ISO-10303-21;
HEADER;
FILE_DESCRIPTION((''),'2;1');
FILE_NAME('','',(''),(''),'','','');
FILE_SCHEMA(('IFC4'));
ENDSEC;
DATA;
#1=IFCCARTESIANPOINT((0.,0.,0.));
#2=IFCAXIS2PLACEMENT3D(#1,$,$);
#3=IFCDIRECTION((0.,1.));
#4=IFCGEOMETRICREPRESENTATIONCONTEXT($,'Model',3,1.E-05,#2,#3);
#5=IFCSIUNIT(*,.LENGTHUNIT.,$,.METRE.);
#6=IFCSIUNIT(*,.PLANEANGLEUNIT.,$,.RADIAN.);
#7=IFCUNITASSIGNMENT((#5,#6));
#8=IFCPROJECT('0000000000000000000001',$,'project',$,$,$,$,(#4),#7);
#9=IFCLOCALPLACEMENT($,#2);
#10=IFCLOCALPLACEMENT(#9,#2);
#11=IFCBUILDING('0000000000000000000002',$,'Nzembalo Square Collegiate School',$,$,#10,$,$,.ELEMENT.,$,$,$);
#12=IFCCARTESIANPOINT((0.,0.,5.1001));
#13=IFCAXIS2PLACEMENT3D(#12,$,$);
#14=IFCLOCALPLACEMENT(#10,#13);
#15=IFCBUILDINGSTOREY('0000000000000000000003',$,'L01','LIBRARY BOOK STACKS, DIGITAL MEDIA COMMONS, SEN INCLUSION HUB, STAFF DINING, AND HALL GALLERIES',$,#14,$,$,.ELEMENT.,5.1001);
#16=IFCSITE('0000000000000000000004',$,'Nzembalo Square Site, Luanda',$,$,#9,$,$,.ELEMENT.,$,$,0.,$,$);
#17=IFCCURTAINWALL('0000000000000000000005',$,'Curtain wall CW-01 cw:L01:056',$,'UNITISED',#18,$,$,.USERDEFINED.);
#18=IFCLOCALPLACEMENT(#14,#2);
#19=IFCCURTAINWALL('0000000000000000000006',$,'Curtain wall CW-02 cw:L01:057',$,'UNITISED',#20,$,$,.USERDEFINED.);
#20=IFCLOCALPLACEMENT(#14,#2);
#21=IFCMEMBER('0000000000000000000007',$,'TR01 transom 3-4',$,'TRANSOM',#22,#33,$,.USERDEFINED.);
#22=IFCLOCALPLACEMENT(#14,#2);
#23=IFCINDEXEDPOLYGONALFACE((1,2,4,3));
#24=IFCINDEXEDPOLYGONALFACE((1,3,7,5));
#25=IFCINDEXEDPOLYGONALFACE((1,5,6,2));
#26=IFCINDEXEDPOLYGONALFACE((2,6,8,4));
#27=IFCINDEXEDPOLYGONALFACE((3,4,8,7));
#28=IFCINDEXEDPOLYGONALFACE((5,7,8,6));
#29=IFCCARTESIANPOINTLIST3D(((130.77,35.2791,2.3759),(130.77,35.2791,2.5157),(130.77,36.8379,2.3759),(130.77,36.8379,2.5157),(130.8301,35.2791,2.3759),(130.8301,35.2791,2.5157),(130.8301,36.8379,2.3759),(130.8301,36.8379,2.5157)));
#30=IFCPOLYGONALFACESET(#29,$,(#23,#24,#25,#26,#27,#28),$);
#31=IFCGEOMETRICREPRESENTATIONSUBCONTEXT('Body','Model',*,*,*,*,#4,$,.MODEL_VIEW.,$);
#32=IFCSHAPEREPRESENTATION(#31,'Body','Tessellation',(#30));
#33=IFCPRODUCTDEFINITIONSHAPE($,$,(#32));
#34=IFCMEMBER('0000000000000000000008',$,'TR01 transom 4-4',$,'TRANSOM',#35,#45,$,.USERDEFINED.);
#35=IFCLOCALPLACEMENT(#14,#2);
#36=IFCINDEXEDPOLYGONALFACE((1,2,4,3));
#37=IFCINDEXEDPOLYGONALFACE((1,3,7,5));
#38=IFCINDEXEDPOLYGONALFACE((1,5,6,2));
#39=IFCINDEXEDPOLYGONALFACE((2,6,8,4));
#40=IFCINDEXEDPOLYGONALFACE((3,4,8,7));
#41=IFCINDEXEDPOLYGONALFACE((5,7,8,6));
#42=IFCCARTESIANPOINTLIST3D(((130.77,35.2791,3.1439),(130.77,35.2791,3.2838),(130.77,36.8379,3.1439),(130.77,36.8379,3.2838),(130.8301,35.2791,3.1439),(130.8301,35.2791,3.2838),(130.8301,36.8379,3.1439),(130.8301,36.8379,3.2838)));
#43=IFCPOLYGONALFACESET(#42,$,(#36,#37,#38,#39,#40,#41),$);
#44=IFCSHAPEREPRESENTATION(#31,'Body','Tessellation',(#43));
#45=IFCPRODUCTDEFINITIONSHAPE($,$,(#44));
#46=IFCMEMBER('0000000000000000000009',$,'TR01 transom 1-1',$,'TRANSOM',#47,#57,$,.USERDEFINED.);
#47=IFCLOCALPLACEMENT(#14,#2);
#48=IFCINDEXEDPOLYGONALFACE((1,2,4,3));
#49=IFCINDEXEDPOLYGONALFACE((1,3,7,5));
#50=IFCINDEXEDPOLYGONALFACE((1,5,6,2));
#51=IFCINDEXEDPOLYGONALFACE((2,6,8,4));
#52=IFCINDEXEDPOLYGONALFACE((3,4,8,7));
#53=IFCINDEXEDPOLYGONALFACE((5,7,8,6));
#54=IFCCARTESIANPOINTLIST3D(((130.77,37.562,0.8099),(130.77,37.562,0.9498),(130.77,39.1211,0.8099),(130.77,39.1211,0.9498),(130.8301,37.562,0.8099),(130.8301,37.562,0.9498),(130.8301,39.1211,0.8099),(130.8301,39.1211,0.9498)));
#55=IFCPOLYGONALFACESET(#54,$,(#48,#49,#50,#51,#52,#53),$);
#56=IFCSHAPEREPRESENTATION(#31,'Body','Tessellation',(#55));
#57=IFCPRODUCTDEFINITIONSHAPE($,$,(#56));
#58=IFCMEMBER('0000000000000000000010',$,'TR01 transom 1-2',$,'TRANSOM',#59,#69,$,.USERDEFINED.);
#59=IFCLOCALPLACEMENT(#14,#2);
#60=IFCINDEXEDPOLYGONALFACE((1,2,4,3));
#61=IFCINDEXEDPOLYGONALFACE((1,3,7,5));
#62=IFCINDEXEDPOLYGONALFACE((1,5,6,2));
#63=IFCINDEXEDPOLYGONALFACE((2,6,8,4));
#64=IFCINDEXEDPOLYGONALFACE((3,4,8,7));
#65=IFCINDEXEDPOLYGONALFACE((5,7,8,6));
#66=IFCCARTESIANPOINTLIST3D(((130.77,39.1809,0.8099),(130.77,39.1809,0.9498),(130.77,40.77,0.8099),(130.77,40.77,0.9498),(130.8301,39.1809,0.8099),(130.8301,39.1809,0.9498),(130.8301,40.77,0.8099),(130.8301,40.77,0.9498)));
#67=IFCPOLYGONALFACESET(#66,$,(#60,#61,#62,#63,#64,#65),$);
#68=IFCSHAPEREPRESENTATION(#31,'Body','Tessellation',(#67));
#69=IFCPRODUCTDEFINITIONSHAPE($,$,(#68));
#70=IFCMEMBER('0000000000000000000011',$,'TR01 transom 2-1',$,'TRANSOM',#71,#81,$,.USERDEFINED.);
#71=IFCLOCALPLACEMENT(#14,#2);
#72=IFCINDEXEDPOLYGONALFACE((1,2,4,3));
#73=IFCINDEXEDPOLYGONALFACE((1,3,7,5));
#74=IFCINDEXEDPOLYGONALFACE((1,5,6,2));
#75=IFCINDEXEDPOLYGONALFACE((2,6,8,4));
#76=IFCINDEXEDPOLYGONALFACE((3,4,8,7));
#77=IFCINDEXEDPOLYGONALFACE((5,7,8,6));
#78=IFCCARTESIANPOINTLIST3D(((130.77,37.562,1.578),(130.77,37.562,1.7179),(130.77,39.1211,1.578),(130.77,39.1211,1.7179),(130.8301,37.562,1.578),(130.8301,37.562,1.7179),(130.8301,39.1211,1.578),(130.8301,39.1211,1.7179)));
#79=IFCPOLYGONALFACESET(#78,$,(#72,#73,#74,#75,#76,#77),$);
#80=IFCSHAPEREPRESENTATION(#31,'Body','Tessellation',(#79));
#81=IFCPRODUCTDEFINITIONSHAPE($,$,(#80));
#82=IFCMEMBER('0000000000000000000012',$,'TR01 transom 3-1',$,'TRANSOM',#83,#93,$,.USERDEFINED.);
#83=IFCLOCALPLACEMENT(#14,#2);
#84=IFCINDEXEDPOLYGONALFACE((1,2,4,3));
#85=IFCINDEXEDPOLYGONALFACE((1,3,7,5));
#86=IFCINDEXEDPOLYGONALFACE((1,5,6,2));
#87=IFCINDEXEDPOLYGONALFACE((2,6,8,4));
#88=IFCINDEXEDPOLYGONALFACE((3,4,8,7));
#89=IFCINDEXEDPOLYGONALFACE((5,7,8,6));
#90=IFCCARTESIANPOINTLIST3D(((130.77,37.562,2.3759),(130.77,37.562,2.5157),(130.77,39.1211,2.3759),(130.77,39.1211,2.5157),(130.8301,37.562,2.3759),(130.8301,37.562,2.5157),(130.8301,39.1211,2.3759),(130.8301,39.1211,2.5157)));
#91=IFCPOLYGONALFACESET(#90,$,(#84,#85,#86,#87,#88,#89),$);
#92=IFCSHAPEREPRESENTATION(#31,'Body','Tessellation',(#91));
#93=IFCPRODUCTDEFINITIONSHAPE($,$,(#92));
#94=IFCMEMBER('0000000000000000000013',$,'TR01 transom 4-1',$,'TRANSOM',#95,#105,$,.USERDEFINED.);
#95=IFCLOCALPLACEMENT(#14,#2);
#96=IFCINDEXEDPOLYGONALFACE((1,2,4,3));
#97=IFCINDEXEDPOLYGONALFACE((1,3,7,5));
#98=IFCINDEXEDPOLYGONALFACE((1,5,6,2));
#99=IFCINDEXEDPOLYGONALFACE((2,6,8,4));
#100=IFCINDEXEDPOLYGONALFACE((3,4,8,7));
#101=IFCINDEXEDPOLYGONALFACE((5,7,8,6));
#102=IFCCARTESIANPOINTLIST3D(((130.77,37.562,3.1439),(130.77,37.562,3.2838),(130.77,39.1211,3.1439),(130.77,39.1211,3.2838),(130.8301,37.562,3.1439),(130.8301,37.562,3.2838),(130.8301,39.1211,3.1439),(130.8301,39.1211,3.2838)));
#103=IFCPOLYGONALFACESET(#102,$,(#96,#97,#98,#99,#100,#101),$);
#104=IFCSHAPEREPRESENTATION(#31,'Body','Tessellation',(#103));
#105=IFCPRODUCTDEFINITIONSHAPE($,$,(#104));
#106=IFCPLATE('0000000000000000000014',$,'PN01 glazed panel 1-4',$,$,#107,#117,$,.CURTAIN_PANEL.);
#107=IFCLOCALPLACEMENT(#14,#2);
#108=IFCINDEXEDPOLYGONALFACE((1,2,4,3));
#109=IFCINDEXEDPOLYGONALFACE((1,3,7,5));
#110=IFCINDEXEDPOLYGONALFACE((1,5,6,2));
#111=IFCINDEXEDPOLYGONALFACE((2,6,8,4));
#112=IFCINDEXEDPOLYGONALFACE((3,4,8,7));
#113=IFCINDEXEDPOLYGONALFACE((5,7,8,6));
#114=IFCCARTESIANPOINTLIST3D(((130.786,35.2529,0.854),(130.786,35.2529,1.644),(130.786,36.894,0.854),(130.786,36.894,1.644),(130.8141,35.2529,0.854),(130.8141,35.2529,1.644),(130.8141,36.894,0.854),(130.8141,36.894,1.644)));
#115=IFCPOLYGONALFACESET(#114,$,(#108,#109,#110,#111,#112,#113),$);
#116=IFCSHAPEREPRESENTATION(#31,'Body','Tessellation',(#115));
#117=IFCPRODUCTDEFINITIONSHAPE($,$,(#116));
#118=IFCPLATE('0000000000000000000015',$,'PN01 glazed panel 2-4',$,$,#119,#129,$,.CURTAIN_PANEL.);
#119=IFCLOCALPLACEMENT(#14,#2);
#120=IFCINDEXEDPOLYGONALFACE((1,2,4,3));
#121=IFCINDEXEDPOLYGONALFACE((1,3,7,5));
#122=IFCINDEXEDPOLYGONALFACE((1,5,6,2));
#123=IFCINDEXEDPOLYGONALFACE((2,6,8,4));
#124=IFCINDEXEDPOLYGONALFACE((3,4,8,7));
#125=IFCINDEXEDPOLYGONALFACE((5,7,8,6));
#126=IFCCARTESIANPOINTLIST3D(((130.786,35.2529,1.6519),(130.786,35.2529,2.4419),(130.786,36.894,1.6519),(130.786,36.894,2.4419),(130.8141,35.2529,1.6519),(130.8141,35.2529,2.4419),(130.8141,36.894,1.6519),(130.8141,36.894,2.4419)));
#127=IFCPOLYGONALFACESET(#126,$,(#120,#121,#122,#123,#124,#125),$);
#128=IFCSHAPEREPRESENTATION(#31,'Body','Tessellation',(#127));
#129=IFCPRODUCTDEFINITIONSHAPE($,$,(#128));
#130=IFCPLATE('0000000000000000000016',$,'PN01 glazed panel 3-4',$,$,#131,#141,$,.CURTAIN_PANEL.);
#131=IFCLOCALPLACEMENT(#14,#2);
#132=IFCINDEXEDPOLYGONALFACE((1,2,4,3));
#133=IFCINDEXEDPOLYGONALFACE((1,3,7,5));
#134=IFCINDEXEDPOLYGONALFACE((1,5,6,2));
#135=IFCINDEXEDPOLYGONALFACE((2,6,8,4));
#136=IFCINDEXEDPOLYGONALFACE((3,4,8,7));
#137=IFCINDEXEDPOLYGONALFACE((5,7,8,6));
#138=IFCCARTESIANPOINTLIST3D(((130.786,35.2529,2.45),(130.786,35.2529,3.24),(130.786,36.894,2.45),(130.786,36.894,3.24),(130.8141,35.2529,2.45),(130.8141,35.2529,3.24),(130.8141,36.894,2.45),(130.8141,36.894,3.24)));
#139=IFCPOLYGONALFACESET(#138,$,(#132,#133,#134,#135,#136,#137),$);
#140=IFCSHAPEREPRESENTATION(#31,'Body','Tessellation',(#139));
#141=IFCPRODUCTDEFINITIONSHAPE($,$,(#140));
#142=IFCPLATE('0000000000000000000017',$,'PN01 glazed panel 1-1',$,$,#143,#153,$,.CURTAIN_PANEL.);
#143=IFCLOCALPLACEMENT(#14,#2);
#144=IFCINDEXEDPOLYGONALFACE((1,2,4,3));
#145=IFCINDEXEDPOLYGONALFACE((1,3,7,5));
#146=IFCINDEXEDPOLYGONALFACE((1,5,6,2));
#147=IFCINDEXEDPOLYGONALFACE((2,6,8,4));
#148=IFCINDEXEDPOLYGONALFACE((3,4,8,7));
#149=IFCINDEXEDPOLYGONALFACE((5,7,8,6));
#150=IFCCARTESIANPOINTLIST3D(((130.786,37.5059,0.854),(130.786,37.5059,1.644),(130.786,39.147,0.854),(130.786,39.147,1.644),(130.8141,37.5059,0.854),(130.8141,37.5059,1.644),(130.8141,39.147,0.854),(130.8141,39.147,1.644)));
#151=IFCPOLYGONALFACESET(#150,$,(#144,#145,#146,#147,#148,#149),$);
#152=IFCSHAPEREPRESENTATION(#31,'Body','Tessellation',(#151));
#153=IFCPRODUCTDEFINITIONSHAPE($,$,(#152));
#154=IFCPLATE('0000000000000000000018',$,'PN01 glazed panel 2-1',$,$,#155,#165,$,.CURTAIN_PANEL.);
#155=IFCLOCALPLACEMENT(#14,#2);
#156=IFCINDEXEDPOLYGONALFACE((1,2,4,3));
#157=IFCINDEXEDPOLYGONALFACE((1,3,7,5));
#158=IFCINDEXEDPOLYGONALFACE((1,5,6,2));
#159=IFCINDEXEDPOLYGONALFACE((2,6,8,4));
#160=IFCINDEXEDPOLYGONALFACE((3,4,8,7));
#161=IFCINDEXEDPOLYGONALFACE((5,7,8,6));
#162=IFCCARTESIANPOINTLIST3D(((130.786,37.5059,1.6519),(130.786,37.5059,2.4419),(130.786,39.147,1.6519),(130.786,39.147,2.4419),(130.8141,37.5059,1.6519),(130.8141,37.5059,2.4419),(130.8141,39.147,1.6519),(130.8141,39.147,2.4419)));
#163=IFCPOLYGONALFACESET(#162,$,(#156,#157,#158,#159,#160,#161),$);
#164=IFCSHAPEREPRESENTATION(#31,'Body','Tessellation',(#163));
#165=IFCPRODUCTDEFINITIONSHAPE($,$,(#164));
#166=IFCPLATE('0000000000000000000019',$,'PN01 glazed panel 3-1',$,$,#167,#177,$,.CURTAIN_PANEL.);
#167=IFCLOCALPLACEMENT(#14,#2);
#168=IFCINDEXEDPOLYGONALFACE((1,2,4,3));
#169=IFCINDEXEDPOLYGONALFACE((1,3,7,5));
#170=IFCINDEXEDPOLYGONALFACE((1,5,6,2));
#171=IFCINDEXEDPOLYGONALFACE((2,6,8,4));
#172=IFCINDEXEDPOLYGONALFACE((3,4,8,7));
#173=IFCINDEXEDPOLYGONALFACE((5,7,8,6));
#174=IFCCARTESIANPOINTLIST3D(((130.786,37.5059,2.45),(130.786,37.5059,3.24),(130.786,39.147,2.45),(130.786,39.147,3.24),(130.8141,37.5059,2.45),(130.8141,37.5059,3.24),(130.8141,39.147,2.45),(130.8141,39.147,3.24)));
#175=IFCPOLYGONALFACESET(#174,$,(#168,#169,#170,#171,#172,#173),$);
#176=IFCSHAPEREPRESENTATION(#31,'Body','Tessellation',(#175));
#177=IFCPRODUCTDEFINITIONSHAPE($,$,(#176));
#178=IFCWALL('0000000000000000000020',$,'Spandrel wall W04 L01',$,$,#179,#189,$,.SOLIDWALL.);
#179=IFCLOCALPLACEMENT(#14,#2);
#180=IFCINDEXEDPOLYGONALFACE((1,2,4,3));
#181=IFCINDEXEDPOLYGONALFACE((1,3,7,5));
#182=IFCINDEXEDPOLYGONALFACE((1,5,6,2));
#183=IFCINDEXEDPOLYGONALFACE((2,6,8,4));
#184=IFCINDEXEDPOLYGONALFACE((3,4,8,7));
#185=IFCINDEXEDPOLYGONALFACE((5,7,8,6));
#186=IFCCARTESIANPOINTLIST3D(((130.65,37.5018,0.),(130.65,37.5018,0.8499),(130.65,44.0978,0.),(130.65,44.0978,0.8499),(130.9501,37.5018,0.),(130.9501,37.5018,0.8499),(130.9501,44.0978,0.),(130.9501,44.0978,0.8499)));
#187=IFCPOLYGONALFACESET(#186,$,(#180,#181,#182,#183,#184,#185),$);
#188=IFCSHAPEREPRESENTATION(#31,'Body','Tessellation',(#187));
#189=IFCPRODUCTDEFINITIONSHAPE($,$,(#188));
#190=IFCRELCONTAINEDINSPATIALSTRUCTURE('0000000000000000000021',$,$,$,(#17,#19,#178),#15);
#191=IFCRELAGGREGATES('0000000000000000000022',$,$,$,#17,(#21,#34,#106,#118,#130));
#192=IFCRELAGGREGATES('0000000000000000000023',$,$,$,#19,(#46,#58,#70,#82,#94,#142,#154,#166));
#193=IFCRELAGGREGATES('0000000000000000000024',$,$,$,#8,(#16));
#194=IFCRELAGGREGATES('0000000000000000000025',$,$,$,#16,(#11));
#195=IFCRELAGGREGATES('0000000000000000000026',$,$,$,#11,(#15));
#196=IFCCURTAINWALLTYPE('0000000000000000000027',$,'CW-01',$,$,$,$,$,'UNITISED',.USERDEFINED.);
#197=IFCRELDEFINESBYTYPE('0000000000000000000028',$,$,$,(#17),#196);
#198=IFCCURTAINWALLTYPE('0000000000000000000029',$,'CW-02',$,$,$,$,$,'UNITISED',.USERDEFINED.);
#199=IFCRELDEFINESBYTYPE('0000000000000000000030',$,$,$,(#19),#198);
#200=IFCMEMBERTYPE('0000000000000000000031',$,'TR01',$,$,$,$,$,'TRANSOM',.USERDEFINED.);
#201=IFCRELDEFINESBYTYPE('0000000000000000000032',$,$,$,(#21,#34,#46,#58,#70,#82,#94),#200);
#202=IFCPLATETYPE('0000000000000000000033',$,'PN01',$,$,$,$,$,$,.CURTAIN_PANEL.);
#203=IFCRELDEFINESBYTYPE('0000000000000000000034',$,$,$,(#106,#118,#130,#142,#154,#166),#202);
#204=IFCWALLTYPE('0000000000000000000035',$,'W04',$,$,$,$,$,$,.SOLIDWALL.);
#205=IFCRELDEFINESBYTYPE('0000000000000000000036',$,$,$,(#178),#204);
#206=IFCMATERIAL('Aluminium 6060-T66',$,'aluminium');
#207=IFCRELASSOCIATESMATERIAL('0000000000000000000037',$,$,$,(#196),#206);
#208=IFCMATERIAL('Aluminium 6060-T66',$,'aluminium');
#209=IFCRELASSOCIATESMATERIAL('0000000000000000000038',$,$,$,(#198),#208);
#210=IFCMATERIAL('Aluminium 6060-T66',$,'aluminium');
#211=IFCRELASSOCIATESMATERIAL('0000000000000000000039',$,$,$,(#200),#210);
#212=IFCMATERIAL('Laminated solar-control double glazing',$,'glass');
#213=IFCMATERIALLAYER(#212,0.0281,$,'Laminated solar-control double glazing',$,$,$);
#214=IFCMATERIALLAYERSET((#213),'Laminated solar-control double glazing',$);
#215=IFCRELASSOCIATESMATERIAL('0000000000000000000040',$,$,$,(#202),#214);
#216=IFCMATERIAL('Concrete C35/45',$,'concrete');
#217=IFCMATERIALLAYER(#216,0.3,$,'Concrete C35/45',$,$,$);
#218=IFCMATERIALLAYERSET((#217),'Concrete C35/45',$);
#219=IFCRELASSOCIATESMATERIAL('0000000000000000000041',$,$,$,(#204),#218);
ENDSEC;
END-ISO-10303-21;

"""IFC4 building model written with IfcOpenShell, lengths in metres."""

from ifc_helpers import new_model, si_unit, direction, frame, frame_2d, origin, origin_2d, place, context, subcontext, project, spatial, rectangle, extrude, material, layer, layer_set, material_profile, profile_set, type_object, element, aggregate, save


model = new_model("IFC4")

# Units and contexts
model_context = context("Model", 3, precision=1e-05, world=origin(), true_north=direction((0.0, 1.0)))
body_context = subcontext(model_context, "Body", "Model", "MODEL_VIEW")
ifc_project = project(units=[si_unit("LENGTHUNIT", "METRE"), si_unit("PLANEANGLEUNIT", "RADIAN")], contexts=[model_context])

# Site, building, storey
site_placement = place(None, origin())
site = spatial("IfcSite", under=ifc_project, at=site_placement, Name="Nzembalo Square Site, Luanda", CompositionType="ELEMENT", RefElevation=0.0)
building_placement = place(site_placement, origin())
building = spatial("IfcBuilding", under=site, at=building_placement, Name="Nzembalo Square Collegiate School", CompositionType="ELEMENT")
storey_placement = place(building_placement, frame((0.0, 0.0, 5.1001)))
storey = spatial("IfcBuildingStorey", under=building, at=storey_placement, Name="L01", Description="LIBRARY BOOK STACKS, DIGITAL MEDIA COMMONS, SEN INCLUSION HUB, STAFF DINING, AND HALL GALLERIES", CompositionType="ELEMENT", Elevation=5.1001)

# Curtain wall
ifc_material_1 = material(Name="Aluminium 6060-T66", Category="aluminium")
curtain_wall_type_1 = type_object("IfcCurtainWallType", Name="CW-01", ElementType="UNITISED", PredefinedType="USERDEFINED", material=ifc_material_1)
curtain_wall_1_placement = place(storey_placement, origin())
curtain_wall_1 = element("IfcCurtainWall", 1, at=curtain_wall_1_placement, inside=storey, type_object=curtain_wall_type_1, Name="Curtain wall CW-01 cw:L01:056", ObjectType="UNITISED", PredefinedType="USERDEFINED")

# Curtain wall
ifc_material_2 = material(Name="Aluminium 6060-T66", Category="aluminium")
curtain_wall_type_2 = type_object("IfcCurtainWallType", Name="CW-02", ElementType="UNITISED", PredefinedType="USERDEFINED", material=ifc_material_2)
curtain_wall_2_placement = place(storey_placement, origin())
curtain_wall_2 = element("IfcCurtainWall", 2, at=curtain_wall_2_placement, inside=storey, type_object=curtain_wall_type_2, Name="Curtain wall CW-02 cw:L01:057", ObjectType="UNITISED", PredefinedType="USERDEFINED")

# Members
ifc_material_3 = material(Name="Aluminium 6060-T66", Category="aluminium")
ifc_material_profile_1 = material_profile(ifc_material_3, rectangle(XDim=0.0601, YDim=0.1399, at=origin_2d()), Name="ALU T60x140")
ifc_profile_set_1 = profile_set([ifc_material_profile_1], Name="Aluminium 6060-T66")
member_type_1 = type_object("IfcMemberType", Name="TR01", ElementType="TRANSOM", PredefinedType="USERDEFINED", material=ifc_profile_set_1)
member_1_placement = place(storey_placement, frame((130.8, 35.2791, 2.4458), z_axis=(0.0, 1.0, 0.0), x_axis=(-1.0, 0.0, 0.0)))
member_1 = element("IfcMember", 3, at=member_1_placement, type_object=member_type_1, Name="TR01 transom 3-4", ObjectType="TRANSOM", PredefinedType="USERDEFINED", context=body_context, shape_type="SweptSolid", body=[
    extrude(rectangle(XDim=0.0601, YDim=0.1399, at=origin_2d()), origin(), (0.0, 0.0, 1.0), 1.5588),
])
member_2_placement = place(storey_placement, frame((130.8, 35.2791, 3.2139), z_axis=(0.0, 1.0, 0.0), x_axis=(-1.0, 0.0, 0.0)))
member_2 = element("IfcMember", 4, at=member_2_placement, type_object=member_type_1, Name="TR01 transom 4-4", ObjectType="TRANSOM", PredefinedType="USERDEFINED", context=body_context, shape_type="SweptSolid", body=[
    extrude(rectangle(XDim=0.0601, YDim=0.1399, at=origin_2d()), origin(), (0.0, 0.0, 1.0), 1.5588),
])
member_3_placement = place(storey_placement, frame((130.8, 37.562, 0.8799), z_axis=(0.0, 1.0, 0.0), x_axis=(-1.0, 0.0, 0.0)))
member_3 = element("IfcMember", 5, at=member_3_placement, type_object=member_type_1, Name="TR01 transom 1-1", ObjectType="TRANSOM", PredefinedType="USERDEFINED", context=body_context, shape_type="SweptSolid", body=[
    extrude(rectangle(XDim=0.0601, YDim=0.1399, at=origin_2d()), origin(), (0.0, 0.0, 1.0), 1.5591),
])
member_4_placement = place(storey_placement, frame((130.8, 39.1809, 0.8799), z_axis=(0.0, 1.0, 0.0), x_axis=(-1.0, 0.0, 0.0)))
member_4 = element("IfcMember", 6, at=member_4_placement, type_object=member_type_1, Name="TR01 transom 1-2", ObjectType="TRANSOM", PredefinedType="USERDEFINED", context=body_context, shape_type="SweptSolid", body=[
    extrude(rectangle(XDim=0.0601, YDim=0.1399, at=origin_2d()), origin(), (0.0, 0.0, 1.0), 1.5891),
])
member_5_placement = place(storey_placement, frame((130.8, 37.562, 1.6479), z_axis=(0.0, 1.0, 0.0), x_axis=(-1.0, 0.0, 0.0)))
member_5 = element("IfcMember", 7, at=member_5_placement, type_object=member_type_1, Name="TR01 transom 2-1", ObjectType="TRANSOM", PredefinedType="USERDEFINED", context=body_context, shape_type="SweptSolid", body=[
    extrude(rectangle(XDim=0.0601, YDim=0.1399, at=origin_2d()), origin(), (0.0, 0.0, 1.0), 1.5591),
])
member_6_placement = place(storey_placement, frame((130.8, 37.562, 2.4458), z_axis=(0.0, 1.0, 0.0), x_axis=(-1.0, 0.0, 0.0)))
member_6 = element("IfcMember", 8, at=member_6_placement, type_object=member_type_1, Name="TR01 transom 3-1", ObjectType="TRANSOM", PredefinedType="USERDEFINED", context=body_context, shape_type="SweptSolid", body=[
    extrude(rectangle(XDim=0.0601, YDim=0.1399, at=origin_2d()), origin(), (0.0, 0.0, 1.0), 1.5591),
])
member_7_placement = place(storey_placement, frame((130.8, 37.562, 3.2139), z_axis=(0.0, 1.0, 0.0), x_axis=(-1.0, 0.0, 0.0)))
member_7 = element("IfcMember", 9, at=member_7_placement, type_object=member_type_1, Name="TR01 transom 4-1", ObjectType="TRANSOM", PredefinedType="USERDEFINED", context=body_context, shape_type="SweptSolid", body=[
    extrude(rectangle(XDim=0.0601, YDim=0.1399, at=origin_2d()), origin(), (0.0, 0.0, 1.0), 1.5591),
])

# Plates
ifc_material_4 = material(Name="Laminated solar-control double glazing", Category="glass")
ifc_layer_1 = layer(ifc_material_4, 0.0281, Name="Laminated solar-control double glazing")
ifc_layer_set_1 = layer_set([ifc_layer_1], Name="Laminated solar-control double glazing")
plate_type = type_object("IfcPlateType", Name="PN01", PredefinedType="CURTAIN_PANEL", material=ifc_layer_set_1)
plate_1_placement = place(storey_placement, frame((130.8, 36.0735, 0.854), z_axis=(0.0, 0.0, 1.0), x_axis=(0.0, 1.0, 0.0)))
plate_1 = element("IfcPlate", 10, at=plate_1_placement, type_object=plate_type, Name="PN01 glazed panel 1-4", PredefinedType="CURTAIN_PANEL", context=body_context, shape_type="SweptSolid", body=[
    extrude(rectangle(XDim=1.6411, YDim=0.0281, at=origin_2d()), origin(), (0.0, 0.0, 1.0), 0.79),
])
plate_2_placement = place(storey_placement, frame((130.8, 36.0735, 1.6519), z_axis=(0.0, 0.0, 1.0), x_axis=(0.0, 1.0, 0.0)))
plate_2 = element("IfcPlate", 11, at=plate_2_placement, type_object=plate_type, Name="PN01 glazed panel 2-4", PredefinedType="CURTAIN_PANEL", context=body_context, shape_type="SweptSolid", body=[
    extrude(rectangle(XDim=1.6411, YDim=0.0281, at=origin_2d()), origin(), (0.0, 0.0, 1.0), 0.79),
])
plate_3_placement = place(storey_placement, frame((130.8, 36.0735, 2.45), z_axis=(0.0, 0.0, 1.0), x_axis=(0.0, 1.0, 0.0)))
plate_3 = element("IfcPlate", 12, at=plate_3_placement, type_object=plate_type, Name="PN01 glazed panel 3-4", PredefinedType="CURTAIN_PANEL", context=body_context, shape_type="SweptSolid", body=[
    extrude(rectangle(XDim=1.6411, YDim=0.0281, at=origin_2d()), origin(), (0.0, 0.0, 1.0), 0.79),
])
aggregate(curtain_wall_1, [member_1, member_2, plate_1, plate_2, plate_3])
plate_4_placement = place(storey_placement, frame((130.8, 38.3264, 0.854), z_axis=(0.0, 0.0, 1.0), x_axis=(0.0, 1.0, 0.0)))
plate_4 = element("IfcPlate", 13, at=plate_4_placement, type_object=plate_type, Name="PN01 glazed panel 1-1", PredefinedType="CURTAIN_PANEL", context=body_context, shape_type="SweptSolid", body=[
    extrude(rectangle(XDim=1.6411, YDim=0.0281, at=origin_2d()), origin(), (0.0, 0.0, 1.0), 0.79),
])
plate_5_placement = place(storey_placement, frame((130.8, 38.3264, 1.6519), z_axis=(0.0, 0.0, 1.0), x_axis=(0.0, 1.0, 0.0)))
plate_5 = element("IfcPlate", 14, at=plate_5_placement, type_object=plate_type, Name="PN01 glazed panel 2-1", PredefinedType="CURTAIN_PANEL", context=body_context, shape_type="SweptSolid", body=[
    extrude(rectangle(XDim=1.6411, YDim=0.0281, at=origin_2d()), origin(), (0.0, 0.0, 1.0), 0.79),
])
plate_6_placement = place(storey_placement, frame((130.8, 38.3264, 2.45), z_axis=(0.0, 0.0, 1.0), x_axis=(0.0, 1.0, 0.0)))
plate_6 = element("IfcPlate", 15, at=plate_6_placement, type_object=plate_type, Name="PN01 glazed panel 3-1", PredefinedType="CURTAIN_PANEL", context=body_context, shape_type="SweptSolid", body=[
    extrude(rectangle(XDim=1.6411, YDim=0.0281, at=origin_2d()), origin(), (0.0, 0.0, 1.0), 0.79),
])
aggregate(curtain_wall_2, [member_3, member_4, member_5, member_6, member_7, plate_4, plate_5, plate_6])

# Wall
ifc_material_5 = material(Name="Concrete C35/45", Category="concrete")
ifc_layer_2 = layer(ifc_material_5, 0.3, Name="Concrete C35/45")
ifc_layer_set_2 = layer_set([ifc_layer_2], Name="Concrete C35/45")
wall_type = type_object("IfcWallType", Name="W04", PredefinedType="SOLIDWALL", material=ifc_layer_set_2)
wall_placement = place(storey_placement, frame((130.8, 37.502, 0.0), z_axis=(0.0, 0.0, 1.0), x_axis=(0.0, 1.0, 0.0)))
element("IfcWall", 16, at=wall_placement, inside=storey, type_object=wall_type, Name="Spandrel wall W04 L01", PredefinedType="SOLIDWALL", context=body_context, shape_type="SweptSolid", body=[
    extrude(rectangle(XDim=6.5959, YDim=0.3, at=frame_2d((3.2979, 0.0))), origin(), (0.0, 0.0, 1.0), 0.8499),
])

save(model, "model.ifc")
